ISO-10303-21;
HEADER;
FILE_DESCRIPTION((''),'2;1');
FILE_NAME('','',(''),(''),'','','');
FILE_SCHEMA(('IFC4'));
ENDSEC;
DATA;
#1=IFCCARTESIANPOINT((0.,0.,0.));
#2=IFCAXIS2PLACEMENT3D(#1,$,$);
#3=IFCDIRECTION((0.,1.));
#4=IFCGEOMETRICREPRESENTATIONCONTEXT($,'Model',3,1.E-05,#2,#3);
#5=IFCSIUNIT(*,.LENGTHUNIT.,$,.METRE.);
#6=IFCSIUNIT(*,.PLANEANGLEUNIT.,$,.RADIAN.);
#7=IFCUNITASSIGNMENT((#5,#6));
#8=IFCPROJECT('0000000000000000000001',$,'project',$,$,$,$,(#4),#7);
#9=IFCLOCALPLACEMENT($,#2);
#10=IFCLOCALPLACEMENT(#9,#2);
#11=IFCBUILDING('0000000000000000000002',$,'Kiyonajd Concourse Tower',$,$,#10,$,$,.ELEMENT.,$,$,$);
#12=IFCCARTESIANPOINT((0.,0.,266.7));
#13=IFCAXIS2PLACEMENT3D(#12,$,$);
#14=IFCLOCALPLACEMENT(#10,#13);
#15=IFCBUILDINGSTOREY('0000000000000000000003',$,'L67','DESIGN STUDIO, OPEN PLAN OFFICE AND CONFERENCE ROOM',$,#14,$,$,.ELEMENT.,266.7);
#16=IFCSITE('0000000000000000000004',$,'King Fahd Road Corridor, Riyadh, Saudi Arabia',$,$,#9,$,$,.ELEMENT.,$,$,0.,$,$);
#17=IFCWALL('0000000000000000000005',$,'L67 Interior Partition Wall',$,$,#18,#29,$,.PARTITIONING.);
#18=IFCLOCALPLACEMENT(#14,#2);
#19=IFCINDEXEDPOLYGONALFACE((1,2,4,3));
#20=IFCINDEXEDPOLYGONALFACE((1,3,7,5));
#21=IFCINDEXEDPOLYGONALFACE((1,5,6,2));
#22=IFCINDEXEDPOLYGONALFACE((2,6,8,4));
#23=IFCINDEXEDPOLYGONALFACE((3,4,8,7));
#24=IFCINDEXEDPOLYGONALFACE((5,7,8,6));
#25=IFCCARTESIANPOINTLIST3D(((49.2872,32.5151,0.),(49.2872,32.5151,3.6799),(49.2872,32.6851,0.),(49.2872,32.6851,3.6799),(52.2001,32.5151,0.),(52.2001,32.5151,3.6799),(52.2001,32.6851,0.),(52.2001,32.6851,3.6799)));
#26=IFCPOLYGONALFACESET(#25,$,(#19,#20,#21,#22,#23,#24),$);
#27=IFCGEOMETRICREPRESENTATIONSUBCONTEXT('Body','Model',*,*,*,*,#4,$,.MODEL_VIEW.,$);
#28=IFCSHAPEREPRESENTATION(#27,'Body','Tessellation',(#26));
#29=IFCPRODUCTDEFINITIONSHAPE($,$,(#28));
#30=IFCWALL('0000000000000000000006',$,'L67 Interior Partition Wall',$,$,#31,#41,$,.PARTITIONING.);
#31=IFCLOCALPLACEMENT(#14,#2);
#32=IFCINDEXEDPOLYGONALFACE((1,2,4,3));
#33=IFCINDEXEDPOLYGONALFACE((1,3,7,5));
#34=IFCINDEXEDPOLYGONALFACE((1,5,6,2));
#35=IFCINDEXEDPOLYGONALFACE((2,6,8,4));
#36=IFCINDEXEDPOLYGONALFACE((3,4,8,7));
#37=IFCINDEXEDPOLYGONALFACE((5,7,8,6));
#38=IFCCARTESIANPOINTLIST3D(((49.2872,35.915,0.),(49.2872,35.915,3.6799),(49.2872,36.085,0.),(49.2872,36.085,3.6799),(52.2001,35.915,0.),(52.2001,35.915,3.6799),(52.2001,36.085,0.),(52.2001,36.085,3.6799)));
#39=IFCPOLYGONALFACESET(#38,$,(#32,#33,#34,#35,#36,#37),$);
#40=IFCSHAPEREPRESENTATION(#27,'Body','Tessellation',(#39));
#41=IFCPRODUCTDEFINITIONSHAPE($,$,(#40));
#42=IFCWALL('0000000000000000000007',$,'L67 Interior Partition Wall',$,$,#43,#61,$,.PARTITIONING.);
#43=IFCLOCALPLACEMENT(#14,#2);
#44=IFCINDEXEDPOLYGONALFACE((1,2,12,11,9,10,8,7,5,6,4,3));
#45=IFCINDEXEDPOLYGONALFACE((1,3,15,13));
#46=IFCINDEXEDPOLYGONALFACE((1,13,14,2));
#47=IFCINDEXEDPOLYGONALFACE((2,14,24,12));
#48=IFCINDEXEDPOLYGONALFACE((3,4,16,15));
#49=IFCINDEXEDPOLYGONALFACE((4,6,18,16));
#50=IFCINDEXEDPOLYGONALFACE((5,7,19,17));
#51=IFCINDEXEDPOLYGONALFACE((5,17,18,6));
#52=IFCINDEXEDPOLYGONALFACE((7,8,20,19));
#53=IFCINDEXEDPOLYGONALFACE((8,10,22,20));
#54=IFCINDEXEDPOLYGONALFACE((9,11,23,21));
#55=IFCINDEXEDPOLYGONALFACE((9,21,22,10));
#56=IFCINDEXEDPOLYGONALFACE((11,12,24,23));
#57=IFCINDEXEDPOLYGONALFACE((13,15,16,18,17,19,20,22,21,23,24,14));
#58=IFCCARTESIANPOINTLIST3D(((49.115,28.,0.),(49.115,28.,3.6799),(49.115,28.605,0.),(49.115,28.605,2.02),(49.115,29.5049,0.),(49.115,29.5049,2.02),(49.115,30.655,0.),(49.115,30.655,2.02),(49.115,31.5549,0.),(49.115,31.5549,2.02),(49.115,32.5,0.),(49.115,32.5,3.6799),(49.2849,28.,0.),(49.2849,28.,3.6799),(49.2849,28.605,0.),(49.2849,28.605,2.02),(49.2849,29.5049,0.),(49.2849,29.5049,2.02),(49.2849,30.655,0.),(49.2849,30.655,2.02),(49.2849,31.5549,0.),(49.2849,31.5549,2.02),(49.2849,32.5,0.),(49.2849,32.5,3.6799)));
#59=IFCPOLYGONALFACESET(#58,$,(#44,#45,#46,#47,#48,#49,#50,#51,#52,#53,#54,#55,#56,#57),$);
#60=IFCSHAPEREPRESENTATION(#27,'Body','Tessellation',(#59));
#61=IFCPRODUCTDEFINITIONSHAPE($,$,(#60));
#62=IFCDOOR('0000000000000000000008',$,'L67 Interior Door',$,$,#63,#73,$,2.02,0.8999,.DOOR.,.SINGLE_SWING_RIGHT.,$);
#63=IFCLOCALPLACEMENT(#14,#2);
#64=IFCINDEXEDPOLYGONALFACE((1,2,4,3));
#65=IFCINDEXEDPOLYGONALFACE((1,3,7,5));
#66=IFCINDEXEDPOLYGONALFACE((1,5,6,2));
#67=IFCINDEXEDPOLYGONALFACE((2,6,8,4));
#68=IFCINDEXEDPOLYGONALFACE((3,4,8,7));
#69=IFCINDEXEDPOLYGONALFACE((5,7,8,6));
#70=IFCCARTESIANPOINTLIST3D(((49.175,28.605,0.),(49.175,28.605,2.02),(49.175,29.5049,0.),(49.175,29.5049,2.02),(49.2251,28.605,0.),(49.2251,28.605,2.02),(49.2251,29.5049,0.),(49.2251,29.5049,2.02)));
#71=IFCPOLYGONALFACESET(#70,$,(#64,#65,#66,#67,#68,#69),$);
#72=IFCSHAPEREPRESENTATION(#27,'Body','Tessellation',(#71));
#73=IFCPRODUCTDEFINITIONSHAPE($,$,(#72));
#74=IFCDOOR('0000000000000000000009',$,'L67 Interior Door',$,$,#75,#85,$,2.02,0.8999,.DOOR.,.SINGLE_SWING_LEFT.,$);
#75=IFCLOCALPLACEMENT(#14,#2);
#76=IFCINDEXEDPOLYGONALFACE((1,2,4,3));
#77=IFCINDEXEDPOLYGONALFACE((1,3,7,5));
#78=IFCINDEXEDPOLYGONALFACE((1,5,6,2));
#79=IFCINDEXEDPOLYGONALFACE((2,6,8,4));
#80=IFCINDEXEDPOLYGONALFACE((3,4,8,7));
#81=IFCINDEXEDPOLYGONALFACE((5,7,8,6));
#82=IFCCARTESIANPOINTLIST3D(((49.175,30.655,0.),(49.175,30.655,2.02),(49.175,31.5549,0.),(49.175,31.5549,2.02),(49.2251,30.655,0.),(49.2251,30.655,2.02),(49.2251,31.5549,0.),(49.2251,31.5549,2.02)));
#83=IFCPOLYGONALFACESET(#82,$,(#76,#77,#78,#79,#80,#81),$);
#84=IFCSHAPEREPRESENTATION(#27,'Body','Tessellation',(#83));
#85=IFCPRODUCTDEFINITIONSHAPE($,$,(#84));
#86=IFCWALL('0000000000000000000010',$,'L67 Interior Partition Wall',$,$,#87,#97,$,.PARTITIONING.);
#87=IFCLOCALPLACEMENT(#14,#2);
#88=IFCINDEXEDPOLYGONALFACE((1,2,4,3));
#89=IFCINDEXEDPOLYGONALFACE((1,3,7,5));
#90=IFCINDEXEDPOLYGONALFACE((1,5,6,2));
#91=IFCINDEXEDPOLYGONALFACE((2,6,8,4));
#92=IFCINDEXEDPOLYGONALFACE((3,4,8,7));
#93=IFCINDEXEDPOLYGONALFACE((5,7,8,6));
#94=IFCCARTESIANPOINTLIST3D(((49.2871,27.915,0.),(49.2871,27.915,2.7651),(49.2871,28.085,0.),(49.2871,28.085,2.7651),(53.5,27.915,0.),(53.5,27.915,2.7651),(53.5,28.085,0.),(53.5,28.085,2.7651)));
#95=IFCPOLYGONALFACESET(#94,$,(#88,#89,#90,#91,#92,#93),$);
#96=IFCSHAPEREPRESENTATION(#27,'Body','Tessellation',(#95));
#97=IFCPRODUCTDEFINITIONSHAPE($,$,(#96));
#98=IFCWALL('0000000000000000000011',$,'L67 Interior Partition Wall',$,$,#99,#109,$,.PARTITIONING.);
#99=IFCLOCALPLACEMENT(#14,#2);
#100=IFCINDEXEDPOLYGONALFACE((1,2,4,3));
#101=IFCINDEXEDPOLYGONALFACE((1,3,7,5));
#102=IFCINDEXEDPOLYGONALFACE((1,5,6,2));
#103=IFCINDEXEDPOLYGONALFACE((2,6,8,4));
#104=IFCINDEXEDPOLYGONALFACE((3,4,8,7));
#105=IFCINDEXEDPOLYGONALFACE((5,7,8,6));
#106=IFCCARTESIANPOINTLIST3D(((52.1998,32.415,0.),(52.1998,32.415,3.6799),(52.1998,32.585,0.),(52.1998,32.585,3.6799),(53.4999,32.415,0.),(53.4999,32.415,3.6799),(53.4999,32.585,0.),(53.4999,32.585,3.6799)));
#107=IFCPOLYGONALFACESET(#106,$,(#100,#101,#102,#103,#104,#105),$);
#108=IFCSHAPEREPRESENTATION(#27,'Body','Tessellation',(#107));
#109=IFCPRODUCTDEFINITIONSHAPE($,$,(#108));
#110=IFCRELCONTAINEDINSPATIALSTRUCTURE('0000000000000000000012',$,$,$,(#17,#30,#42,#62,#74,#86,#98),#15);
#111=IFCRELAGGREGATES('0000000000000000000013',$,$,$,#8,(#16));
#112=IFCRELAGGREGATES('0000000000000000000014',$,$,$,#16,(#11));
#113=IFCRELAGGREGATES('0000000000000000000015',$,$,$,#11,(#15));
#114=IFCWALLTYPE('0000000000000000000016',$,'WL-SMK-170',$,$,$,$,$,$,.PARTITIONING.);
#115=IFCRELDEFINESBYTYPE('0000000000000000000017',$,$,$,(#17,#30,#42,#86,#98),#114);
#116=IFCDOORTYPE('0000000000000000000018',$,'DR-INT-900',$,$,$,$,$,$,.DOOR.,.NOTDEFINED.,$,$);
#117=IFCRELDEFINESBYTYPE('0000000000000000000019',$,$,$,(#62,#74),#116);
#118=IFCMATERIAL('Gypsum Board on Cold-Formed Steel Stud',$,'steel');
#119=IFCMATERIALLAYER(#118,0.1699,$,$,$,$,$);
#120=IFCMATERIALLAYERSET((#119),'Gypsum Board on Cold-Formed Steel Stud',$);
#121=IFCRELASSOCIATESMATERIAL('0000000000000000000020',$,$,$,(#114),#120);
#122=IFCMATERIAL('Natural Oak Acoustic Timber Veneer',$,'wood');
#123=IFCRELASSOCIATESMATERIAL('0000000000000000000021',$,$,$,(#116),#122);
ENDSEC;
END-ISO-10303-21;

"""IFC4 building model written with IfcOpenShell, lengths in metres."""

from ifc_helpers import new_model, si_unit, direction, frame, frame_2d, origin, place, context, subcontext, project, spatial, rectangle, extrude, material, layer, layer_set, type_object, element, fill, save


model = new_model("IFC4")

# Units and contexts
model_context = context("Model", 3, precision=1e-05, world=origin(), true_north=direction((0.0, 1.0)))
body_context = subcontext(model_context, "Body", "Model", "MODEL_VIEW")
ifc_project = project(units=[si_unit("LENGTHUNIT", "METRE"), si_unit("PLANEANGLEUNIT", "RADIAN")], contexts=[model_context])

# Site, building, storey
site_placement = place(None, origin())
site = spatial("IfcSite", under=ifc_project, at=site_placement, Name="King Fahd Road Corridor, Riyadh, Saudi Arabia", CompositionType="ELEMENT", RefElevation=0.0)
building_placement = place(site_placement, origin())
building = spatial("IfcBuilding", under=site, at=building_placement, Name="Kiyonajd Concourse Tower", CompositionType="ELEMENT")
storey_placement = place(building_placement, frame((0.0, 0.0, 266.7)))
storey = spatial("IfcBuildingStorey", under=building, at=storey_placement, Name="L67", Description="DESIGN STUDIO, OPEN PLAN OFFICE AND CONFERENCE ROOM", CompositionType="ELEMENT", Elevation=266.7)

# Shared definitions
ifc_material_1 = material(Name="Gypsum Board on Cold-Formed Steel Stud", Category="steel")

# Shared definitions
ifc_layer_1 = layer(ifc_material_1, 0.1699)
ifc_layer_set_1 = layer_set([ifc_layer_1], Name="Gypsum Board on Cold-Formed Steel Stud")
wall_type_1 = type_object("IfcWallType", Name="WL-SMK-170", PredefinedType="PARTITIONING", material=ifc_layer_set_1)
ifc_material_2 = material(Name="Natural Oak Acoustic Timber Veneer", Category="wood")
door_type_1 = type_object("IfcDoorType", Name="DR-INT-900", OperationType="NOTDEFINED", PredefinedType="DOOR", material=ifc_material_2)

# Walls
for number, where, z_axis, x_axis, name in (
    (1, (49.2871, 32.6001, 0.0), (0.0, 0.0, 1.0), (1.0, 0.0, 0.0), "L67 Interior Partition Wall"),
    (2, (49.2871, 36.0, 0.0), (0.0, 0.0, 1.0), (1.0, 0.0, 0.0), "L67 Interior Partition Wall"),
):
    element("IfcWall", number, at=place(storey_placement, frame(where, z_axis=z_axis, x_axis=x_axis)), inside=storey, type_object=wall_type_1, Name=name, PredefinedType="PARTITIONING", context=body_context, shape_type="SweptSolid", body=[
        extrude(rectangle(XDim=2.9128, YDim=0.1699, at=frame_2d((1.4565, 0.0))), origin(), (0.0, 0.0, 1.0), 3.6799),
    ])

# Wall, openings, doors
wall_1_placement = place(storey_placement, frame((49.2, 28.0, 0.0), z_axis=(0.0, 0.0, 1.0), x_axis=(0.0, 1.0, 0.0)))
wall_1 = element("IfcWall", 3, at=wall_1_placement, inside=storey, type_object=wall_type_1, Name="L67 Interior Partition Wall", PredefinedType="PARTITIONING", context=body_context, shape_type="SweptSolid", body=[
    extrude(rectangle(XDim=4.5, YDim=0.1699, at=frame_2d((2.25, 0.0))), origin(), (0.0, 0.0, 1.0), 3.6799),
])
opening_1_placement = place(wall_1_placement, frame((0.605, 0.0, 0.0)))
opening_1 = element("IfcOpeningElement", 4, at=opening_1_placement, cuts=wall_1, PredefinedType="OPENING", context=body_context, shape_type="SweptSolid", body=[
    extrude(rectangle(XDim=0.8999, YDim=2.02, at=frame_2d((0.45, 1.01))), frame((0.0, 0.095, 0.0), z_axis=(0.0, -1.0, 0.0), x_axis=(1.0, 0.0, 0.0)), (0.0, 0.0, 1.0), 0.1899),
])
opening_2_placement = place(wall_1_placement, frame((2.655, 0.0, 0.0)))
opening_2 = element("IfcOpeningElement", 5, at=opening_2_placement, cuts=wall_1, PredefinedType="OPENING", context=body_context, shape_type="SweptSolid", body=[
    extrude(rectangle(XDim=0.8999, YDim=2.02, at=frame_2d((0.45, 1.01))), frame((0.0, 0.095, 0.0), z_axis=(0.0, -1.0, 0.0), x_axis=(1.0, 0.0, 0.0)), (0.0, 0.0, 1.0), 0.1899),
])
door_1_placement = place(opening_1_placement, origin())
door_1 = element("IfcDoor", 6, at=door_1_placement, inside=storey, type_object=door_type_1, Name="L67 Interior Door", OperationType="SINGLE_SWING_RIGHT", OverallHeight=2.02, OverallWidth=0.8999, PredefinedType="DOOR", context=body_context, shape_type="SweptSolid", body=[
    extrude(rectangle(XDim=0.8999, YDim=2.02, at=frame_2d((0.45, 1.01))), frame((0.0, 0.0249, 0.0), z_axis=(0.0, -1.0, 0.0), x_axis=(1.0, 0.0, 0.0)), (0.0, 0.0, 1.0), 0.05),
])
fill(opening_1, door_1)
door_2_placement = place(opening_2_placement, origin())
door_2 = element("IfcDoor", 7, at=door_2_placement, inside=storey, type_object=door_type_1, Name="L67 Interior Door", OperationType="SINGLE_SWING_LEFT", OverallHeight=2.02, OverallWidth=0.8999, PredefinedType="DOOR", context=body_context, shape_type="SweptSolid", body=[
    extrude(rectangle(XDim=0.8999, YDim=2.02, at=frame_2d((0.45, 1.01))), frame((0.0, 0.0249, 0.0), z_axis=(0.0, -1.0, 0.0), x_axis=(1.0, 0.0, 0.0)), (0.0, 0.0, 1.0), 0.05),
])
fill(opening_2, door_2)

# Walls
wall_2_placement = place(storey_placement, frame((49.2871, 28.0, 0.0), z_axis=(0.0, 0.0, 1.0), x_axis=(1.0, 0.0, 0.0)))
element("IfcWall", 8, at=wall_2_placement, inside=storey, type_object=wall_type_1, Name="L67 Interior Partition Wall", PredefinedType="PARTITIONING", context=body_context, shape_type="SweptSolid", body=[
    extrude(rectangle(XDim=4.2129, YDim=0.1699, at=frame_2d((2.1064, 0.0))), origin(), (0.0, 0.0, 1.0), 2.7651),
])
wall_3_placement = place(storey_placement, frame((52.2, 32.5, 0.0), z_axis=(0.0, 0.0, 1.0), x_axis=(1.0, 0.0, 0.0)))
element("IfcWall", 9, at=wall_3_placement, inside=storey, type_object=wall_type_1, Name="L67 Interior Partition Wall", PredefinedType="PARTITIONING", context=body_context, shape_type="SweptSolid", body=[
    extrude(rectangle(XDim=1.3, YDim=0.1699, at=frame_2d((0.6499, 0.0))), origin(), (0.0, 0.0, 1.0), 3.6799),
])

save(model, "model.ifc")
